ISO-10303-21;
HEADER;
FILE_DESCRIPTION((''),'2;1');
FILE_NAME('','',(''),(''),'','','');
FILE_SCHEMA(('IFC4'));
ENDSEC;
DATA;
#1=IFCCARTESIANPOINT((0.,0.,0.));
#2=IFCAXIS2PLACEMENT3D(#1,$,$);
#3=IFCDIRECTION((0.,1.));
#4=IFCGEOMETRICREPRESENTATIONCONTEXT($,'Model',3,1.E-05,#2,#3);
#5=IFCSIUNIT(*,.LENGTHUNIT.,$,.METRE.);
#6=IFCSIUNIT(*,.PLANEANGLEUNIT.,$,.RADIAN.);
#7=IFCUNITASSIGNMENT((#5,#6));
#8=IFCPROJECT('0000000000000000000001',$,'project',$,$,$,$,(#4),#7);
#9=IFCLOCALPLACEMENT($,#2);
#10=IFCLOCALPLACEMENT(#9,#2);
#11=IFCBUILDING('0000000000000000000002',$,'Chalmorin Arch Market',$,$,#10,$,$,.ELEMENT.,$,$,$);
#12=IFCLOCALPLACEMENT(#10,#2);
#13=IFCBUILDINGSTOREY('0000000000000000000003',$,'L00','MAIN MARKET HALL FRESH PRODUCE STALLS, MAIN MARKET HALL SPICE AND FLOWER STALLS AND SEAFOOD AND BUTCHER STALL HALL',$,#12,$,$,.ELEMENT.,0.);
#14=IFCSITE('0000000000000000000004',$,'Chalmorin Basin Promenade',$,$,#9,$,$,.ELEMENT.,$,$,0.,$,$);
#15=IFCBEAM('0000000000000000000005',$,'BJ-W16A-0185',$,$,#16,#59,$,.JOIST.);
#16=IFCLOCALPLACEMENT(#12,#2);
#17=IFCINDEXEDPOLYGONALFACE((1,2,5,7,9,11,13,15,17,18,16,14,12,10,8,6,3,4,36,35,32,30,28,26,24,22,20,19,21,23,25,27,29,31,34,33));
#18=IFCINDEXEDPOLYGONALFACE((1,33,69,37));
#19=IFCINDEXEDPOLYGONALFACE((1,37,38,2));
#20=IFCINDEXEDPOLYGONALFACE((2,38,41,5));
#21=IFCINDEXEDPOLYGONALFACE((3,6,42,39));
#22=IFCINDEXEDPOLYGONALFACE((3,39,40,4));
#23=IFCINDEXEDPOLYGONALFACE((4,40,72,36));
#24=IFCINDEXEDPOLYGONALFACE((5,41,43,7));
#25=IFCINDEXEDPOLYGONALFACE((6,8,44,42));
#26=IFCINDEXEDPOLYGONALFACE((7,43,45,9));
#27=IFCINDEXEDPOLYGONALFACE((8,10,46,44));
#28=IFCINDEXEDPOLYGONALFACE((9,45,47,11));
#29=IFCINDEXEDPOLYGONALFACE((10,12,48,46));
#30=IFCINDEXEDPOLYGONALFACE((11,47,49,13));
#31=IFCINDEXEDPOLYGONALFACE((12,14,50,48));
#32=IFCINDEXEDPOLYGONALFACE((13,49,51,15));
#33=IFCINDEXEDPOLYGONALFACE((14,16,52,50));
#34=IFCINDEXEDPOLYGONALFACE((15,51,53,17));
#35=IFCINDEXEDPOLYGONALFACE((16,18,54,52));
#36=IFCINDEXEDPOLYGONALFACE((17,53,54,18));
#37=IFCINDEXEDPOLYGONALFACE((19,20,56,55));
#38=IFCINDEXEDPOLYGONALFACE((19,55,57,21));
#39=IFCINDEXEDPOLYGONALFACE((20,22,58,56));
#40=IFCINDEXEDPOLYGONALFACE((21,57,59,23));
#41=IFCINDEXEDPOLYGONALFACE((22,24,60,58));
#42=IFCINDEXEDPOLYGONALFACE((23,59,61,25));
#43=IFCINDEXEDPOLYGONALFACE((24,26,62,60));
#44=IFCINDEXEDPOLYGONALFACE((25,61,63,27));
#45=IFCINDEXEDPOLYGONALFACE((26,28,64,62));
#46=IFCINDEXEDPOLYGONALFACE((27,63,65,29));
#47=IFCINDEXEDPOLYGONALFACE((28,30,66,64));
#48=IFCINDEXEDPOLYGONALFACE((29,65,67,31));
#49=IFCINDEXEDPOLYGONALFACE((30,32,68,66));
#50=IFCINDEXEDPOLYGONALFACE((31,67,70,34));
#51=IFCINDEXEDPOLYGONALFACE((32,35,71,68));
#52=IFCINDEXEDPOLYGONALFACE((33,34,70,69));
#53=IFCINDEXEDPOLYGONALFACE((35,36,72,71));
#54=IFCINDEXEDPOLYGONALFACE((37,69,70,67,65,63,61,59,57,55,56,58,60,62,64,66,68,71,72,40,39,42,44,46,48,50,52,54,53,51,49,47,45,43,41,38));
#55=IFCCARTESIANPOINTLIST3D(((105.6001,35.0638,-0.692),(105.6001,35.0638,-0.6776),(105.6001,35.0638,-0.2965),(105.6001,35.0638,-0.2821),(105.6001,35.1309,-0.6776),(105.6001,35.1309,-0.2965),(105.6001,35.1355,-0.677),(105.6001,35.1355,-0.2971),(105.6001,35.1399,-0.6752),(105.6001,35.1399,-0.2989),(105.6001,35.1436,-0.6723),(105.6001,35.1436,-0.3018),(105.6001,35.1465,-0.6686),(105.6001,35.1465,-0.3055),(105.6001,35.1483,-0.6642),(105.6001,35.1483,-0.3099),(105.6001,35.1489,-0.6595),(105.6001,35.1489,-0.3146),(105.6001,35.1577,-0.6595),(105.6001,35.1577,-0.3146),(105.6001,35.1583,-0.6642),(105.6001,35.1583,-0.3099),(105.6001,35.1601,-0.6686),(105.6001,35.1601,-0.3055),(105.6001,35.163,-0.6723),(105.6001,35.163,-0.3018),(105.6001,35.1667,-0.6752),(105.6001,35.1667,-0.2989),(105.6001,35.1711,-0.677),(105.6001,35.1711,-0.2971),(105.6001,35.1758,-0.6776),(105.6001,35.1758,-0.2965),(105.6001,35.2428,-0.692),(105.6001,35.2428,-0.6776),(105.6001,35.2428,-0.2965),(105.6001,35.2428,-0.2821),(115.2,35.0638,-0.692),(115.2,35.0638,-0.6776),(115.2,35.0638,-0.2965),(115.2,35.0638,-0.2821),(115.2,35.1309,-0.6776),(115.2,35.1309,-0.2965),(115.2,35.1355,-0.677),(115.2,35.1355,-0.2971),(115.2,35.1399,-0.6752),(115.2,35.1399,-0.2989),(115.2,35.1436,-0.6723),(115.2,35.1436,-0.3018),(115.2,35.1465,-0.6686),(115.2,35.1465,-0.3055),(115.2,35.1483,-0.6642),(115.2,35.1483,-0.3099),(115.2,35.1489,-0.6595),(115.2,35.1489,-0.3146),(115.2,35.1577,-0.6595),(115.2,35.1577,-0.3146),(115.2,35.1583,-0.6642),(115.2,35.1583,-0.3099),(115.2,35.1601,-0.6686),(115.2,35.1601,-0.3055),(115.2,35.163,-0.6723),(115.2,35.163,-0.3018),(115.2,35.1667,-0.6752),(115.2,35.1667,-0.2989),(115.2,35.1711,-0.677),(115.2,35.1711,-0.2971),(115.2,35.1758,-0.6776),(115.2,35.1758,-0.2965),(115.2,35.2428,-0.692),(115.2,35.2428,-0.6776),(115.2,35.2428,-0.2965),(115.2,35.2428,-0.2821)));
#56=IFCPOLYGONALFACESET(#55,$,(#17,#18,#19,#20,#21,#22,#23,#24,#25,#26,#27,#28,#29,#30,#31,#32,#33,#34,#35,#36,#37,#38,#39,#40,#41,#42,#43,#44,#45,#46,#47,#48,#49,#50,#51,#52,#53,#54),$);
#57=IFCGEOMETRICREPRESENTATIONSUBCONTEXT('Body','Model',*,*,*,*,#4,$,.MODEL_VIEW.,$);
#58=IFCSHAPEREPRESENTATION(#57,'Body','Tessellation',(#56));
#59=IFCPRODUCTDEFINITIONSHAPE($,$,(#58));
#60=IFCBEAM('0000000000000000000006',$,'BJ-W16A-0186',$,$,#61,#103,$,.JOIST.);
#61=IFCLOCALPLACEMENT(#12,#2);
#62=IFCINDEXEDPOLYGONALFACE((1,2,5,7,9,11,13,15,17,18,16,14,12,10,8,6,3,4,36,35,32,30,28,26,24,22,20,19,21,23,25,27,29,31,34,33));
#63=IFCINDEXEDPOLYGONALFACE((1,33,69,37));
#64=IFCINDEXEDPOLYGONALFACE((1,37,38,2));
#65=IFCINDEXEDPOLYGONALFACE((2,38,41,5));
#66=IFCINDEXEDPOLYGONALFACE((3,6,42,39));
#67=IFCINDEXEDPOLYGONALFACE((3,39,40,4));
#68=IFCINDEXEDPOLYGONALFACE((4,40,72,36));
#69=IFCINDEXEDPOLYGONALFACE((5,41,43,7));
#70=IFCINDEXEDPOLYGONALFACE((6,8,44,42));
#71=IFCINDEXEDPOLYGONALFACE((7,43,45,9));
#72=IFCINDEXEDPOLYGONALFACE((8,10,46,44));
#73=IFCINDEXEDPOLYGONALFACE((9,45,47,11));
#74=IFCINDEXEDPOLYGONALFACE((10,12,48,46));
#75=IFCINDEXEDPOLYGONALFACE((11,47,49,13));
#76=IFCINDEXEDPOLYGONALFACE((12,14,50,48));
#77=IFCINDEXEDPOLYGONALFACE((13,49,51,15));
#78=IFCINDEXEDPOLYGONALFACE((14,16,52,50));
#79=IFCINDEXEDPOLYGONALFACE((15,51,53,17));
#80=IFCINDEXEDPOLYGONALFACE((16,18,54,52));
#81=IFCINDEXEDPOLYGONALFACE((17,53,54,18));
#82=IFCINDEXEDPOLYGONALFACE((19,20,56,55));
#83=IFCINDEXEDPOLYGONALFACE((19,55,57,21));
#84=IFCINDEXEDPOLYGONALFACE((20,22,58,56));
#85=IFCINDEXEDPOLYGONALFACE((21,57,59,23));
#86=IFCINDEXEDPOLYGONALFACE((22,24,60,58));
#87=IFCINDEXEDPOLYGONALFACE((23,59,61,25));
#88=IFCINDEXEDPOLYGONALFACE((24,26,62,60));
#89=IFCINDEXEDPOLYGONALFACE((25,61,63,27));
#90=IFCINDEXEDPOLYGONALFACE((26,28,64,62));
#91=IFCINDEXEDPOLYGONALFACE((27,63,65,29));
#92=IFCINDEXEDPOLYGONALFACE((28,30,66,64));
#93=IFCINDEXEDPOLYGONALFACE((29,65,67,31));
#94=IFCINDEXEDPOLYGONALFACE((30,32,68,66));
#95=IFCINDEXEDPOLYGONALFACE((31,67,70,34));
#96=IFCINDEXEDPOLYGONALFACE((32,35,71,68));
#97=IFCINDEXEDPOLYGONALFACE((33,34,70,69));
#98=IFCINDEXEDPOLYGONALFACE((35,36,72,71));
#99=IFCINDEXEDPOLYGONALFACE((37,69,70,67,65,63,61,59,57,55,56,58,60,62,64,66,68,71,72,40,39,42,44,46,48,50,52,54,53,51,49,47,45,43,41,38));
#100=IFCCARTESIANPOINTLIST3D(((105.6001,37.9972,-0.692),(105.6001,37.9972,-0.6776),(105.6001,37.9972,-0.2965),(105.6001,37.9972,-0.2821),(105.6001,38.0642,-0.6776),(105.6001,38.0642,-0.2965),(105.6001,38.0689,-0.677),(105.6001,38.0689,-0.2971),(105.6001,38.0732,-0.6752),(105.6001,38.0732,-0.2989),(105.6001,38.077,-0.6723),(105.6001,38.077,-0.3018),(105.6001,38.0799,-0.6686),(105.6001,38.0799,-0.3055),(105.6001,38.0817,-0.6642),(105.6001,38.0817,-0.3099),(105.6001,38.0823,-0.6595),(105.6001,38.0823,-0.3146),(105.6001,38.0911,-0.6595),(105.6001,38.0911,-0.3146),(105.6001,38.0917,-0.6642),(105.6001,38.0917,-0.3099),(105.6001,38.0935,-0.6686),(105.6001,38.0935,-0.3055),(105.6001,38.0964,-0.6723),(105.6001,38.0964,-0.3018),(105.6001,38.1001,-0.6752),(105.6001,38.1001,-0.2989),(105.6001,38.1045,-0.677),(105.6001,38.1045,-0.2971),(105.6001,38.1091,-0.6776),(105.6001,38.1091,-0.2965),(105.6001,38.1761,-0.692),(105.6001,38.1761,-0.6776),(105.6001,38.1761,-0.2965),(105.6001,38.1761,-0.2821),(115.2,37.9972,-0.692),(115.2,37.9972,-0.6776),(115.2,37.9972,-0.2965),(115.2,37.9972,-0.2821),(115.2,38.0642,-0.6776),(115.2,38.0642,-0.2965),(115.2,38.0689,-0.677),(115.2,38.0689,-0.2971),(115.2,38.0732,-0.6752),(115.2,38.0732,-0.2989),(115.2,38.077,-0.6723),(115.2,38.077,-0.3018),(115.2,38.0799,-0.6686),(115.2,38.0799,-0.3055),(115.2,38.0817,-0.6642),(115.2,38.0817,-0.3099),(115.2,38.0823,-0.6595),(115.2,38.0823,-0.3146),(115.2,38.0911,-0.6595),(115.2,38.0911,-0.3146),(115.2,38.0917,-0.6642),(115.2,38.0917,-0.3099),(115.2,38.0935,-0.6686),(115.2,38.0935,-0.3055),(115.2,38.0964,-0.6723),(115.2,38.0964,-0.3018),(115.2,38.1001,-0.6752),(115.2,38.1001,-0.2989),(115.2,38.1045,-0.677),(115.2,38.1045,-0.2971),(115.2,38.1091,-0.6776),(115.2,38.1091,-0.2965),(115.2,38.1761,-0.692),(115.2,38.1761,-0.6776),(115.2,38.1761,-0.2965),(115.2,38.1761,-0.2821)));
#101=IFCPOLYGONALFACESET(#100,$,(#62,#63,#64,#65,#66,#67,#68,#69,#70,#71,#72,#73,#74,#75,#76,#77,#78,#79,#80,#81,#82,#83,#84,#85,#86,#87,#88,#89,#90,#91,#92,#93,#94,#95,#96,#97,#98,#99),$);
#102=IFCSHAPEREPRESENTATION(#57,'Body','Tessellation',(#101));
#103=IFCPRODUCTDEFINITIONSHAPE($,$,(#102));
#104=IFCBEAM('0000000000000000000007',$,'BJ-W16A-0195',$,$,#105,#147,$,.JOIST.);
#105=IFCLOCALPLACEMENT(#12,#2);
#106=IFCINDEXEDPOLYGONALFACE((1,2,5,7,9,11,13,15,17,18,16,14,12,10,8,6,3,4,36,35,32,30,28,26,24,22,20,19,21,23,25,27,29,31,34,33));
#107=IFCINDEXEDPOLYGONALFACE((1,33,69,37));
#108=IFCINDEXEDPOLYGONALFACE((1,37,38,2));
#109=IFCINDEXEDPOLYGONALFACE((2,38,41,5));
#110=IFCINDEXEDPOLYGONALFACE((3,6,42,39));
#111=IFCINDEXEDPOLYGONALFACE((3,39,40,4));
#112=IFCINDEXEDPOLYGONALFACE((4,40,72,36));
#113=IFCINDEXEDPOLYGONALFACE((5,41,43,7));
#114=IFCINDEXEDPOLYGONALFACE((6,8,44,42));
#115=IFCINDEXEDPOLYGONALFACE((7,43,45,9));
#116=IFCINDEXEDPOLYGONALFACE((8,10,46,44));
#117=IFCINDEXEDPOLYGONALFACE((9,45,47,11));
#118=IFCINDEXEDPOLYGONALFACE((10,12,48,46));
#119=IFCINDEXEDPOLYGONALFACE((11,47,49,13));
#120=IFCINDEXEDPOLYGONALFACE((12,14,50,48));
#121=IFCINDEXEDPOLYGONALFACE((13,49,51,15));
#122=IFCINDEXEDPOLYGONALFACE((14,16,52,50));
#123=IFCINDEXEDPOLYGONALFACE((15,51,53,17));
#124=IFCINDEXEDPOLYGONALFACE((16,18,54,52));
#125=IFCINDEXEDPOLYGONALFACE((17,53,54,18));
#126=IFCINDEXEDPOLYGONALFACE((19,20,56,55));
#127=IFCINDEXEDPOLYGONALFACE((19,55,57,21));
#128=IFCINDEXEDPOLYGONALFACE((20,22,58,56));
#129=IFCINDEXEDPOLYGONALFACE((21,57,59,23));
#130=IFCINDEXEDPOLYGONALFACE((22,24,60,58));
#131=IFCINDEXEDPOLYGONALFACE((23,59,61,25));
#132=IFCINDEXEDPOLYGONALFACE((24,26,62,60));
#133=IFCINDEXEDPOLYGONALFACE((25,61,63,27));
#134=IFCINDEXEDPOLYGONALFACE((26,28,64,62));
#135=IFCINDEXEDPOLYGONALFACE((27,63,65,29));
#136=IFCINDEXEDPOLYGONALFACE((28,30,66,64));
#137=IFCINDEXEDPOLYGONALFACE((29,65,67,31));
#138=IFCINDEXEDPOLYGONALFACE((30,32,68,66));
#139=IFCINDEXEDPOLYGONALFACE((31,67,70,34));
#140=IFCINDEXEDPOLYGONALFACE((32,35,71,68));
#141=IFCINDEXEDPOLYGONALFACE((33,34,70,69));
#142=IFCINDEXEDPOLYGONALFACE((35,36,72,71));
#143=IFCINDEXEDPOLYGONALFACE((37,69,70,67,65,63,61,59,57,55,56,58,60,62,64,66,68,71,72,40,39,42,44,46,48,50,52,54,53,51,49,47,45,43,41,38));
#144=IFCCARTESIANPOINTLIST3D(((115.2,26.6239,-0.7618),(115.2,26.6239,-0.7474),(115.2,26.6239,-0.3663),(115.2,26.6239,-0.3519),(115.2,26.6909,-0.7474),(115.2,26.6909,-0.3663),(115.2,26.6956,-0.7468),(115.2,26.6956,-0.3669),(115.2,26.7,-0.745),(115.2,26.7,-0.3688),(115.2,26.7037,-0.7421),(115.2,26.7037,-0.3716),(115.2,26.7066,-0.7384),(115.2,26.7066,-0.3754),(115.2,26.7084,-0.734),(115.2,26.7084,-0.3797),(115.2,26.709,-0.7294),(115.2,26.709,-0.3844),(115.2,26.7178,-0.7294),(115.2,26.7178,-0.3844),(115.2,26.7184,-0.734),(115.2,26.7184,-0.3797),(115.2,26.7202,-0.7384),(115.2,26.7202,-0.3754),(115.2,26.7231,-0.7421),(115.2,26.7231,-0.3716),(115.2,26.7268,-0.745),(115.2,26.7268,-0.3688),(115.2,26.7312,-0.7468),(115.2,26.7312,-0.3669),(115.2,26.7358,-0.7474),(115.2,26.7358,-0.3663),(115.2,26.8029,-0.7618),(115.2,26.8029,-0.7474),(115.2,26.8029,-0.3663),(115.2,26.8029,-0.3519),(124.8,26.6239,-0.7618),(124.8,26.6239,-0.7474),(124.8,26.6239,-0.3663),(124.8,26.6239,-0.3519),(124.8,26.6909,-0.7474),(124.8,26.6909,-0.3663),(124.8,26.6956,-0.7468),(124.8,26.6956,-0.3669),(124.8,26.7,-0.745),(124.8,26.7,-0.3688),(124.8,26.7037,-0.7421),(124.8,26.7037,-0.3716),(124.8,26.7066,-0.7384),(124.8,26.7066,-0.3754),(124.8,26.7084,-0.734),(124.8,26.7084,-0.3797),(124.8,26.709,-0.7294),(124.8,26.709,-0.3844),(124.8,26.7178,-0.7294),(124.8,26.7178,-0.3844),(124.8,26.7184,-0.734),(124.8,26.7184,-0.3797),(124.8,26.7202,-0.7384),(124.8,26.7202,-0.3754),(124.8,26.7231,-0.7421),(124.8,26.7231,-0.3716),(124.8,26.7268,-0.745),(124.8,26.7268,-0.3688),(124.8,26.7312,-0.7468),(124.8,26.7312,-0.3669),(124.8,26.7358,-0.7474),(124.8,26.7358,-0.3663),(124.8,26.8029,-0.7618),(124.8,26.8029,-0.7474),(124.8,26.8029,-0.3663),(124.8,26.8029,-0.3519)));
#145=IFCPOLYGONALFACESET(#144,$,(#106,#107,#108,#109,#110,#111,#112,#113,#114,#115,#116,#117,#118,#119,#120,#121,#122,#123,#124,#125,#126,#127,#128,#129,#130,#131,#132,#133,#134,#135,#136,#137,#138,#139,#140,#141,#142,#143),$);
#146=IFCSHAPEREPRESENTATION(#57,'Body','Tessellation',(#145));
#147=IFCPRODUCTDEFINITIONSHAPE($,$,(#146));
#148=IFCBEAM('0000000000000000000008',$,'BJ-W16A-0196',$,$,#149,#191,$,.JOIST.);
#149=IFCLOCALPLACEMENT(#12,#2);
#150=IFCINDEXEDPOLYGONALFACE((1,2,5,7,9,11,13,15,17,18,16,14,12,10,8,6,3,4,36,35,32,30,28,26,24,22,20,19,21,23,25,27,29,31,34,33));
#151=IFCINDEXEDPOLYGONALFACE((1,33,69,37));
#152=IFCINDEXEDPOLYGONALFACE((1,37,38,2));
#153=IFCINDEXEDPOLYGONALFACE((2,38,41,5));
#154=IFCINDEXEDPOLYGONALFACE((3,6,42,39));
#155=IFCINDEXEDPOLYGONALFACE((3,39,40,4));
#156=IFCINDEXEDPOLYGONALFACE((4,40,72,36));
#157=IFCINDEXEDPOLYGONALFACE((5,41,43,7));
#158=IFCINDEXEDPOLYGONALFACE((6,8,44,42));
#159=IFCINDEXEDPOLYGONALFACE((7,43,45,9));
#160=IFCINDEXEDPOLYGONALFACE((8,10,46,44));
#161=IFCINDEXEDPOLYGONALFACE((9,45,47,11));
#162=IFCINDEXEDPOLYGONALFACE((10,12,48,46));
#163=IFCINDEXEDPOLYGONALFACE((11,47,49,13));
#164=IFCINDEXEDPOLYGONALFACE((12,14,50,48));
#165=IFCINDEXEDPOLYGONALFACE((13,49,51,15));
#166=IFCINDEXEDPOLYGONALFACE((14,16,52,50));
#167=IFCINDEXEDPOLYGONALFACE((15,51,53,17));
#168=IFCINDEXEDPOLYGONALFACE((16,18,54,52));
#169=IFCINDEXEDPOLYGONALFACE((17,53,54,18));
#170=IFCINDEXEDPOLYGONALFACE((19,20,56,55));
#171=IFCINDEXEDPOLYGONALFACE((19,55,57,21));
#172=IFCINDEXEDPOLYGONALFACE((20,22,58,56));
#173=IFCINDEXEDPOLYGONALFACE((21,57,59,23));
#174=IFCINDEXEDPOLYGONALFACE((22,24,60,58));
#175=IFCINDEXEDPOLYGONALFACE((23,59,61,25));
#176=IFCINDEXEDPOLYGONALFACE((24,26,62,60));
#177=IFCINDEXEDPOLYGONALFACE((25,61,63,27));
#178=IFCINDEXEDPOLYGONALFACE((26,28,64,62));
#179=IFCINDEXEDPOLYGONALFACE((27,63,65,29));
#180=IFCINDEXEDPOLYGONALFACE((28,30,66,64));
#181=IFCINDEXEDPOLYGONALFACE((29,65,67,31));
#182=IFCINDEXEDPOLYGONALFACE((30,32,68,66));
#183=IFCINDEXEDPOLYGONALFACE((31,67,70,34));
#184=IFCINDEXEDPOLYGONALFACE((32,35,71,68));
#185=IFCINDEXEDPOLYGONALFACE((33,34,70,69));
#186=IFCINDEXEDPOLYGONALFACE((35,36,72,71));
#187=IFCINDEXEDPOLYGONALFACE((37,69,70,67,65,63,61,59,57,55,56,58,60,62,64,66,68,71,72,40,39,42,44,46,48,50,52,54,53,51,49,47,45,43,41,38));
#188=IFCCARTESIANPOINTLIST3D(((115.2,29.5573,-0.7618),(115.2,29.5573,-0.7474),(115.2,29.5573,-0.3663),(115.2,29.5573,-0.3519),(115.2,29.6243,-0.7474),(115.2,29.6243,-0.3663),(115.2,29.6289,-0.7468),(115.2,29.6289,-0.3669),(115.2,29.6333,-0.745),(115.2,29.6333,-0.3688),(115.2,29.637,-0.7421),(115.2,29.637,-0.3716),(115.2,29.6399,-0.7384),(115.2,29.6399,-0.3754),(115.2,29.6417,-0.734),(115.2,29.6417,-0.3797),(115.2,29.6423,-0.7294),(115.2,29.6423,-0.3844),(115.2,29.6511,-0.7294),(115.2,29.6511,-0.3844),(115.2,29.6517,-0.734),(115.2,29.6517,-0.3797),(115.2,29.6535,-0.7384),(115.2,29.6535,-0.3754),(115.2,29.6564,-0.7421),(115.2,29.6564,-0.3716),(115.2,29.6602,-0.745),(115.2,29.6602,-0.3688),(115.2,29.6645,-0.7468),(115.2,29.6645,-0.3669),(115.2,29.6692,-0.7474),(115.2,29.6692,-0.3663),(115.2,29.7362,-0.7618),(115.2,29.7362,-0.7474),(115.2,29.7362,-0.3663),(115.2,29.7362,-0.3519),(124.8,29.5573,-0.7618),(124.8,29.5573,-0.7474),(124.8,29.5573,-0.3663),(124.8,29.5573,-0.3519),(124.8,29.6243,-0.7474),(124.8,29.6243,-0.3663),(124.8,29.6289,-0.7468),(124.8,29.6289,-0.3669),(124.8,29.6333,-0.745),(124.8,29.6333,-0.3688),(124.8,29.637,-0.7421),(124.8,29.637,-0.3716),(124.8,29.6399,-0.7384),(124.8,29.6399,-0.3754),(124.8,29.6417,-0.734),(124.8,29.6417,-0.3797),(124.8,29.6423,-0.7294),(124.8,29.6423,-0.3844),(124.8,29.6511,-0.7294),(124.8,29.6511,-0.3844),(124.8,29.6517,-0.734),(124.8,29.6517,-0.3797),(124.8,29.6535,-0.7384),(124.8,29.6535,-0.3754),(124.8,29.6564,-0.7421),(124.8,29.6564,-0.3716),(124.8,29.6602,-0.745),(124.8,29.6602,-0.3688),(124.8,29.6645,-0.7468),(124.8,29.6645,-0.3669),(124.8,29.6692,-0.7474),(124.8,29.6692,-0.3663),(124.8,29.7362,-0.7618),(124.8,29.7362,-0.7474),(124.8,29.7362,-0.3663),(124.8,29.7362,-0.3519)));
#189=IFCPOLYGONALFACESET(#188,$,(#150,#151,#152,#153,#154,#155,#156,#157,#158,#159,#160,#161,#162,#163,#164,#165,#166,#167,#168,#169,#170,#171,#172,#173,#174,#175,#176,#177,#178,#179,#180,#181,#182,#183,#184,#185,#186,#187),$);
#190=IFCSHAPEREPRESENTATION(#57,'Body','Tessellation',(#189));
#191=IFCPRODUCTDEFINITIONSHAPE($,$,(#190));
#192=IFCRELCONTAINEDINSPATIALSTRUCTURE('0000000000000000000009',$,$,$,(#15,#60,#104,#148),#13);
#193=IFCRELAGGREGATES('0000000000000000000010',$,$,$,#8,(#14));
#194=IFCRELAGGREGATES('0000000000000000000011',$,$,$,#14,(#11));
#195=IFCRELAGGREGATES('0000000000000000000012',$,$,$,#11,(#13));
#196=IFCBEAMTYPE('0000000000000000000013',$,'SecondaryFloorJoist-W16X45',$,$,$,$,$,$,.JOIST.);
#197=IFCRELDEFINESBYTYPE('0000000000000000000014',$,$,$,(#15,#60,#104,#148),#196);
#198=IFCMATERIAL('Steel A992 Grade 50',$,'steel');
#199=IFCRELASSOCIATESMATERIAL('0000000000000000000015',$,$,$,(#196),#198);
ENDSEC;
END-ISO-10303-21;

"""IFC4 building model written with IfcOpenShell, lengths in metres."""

from ifc_helpers import new_model, si_unit, direction, frame, origin, origin_2d, place, context, subcontext, project, spatial, i_section, extrude, material, material_profile, profile_set, type_object, element, save


model = new_model("IFC4")

# Units and contexts
model_context = context("Model", 3, precision=1e-05, world=origin(), true_north=direction((0.0, 1.0)))
body_context = subcontext(model_context, "Body", "Model", "MODEL_VIEW")
ifc_project = project(units=[si_unit("LENGTHUNIT", "METRE"), si_unit("PLANEANGLEUNIT", "RADIAN")], contexts=[model_context])

# Site, building, storey
site_placement = place(None, origin())
site = spatial("IfcSite", under=ifc_project, at=site_placement, Name="Chalmorin Basin Promenade", CompositionType="ELEMENT", RefElevation=0.0)
building_placement = place(site_placement, origin())
building = spatial("IfcBuilding", under=site, at=building_placement, Name="Chalmorin Arch Market", CompositionType="ELEMENT")
storey_placement = place(building_placement, origin())
storey = spatial("IfcBuildingStorey", under=building, at=storey_placement, Name="L00", Description="MAIN MARKET HALL FRESH PRODUCE STALLS, MAIN MARKET HALL SPICE AND FLOWER STALLS AND SEAFOOD AND BUTCHER STALL HALL", CompositionType="ELEMENT", Elevation=0.0)

# Beams
ifc_material_1 = material(Name="Steel A992 Grade 50", Category="steel")
ifc_material_profile_1 = material_profile(ifc_material_1, i_section(OverallWidth=0.179, OverallDepth=0.4099, WebThickness=0.0088, FlangeThickness=0.0144, FilletRadius=0.0181, at=origin_2d()), Name="W16X45")
ifc_profile_set_1 = profile_set([ifc_material_profile_1], Name="Steel A992 Grade 50")
beam_type_1 = type_object("IfcBeamType", Name="SecondaryFloorJoist-W16X45", PredefinedType="JOIST", material=ifc_profile_set_1)
for number, where, z_axis, x_axis, name in (
    (1, (105.6001, 35.1533, -0.4871), (1.0, 0.0, 0.0), (0.0, 1.0, 0.0), "BJ-W16A-0185"),
    (2, (105.6001, 38.0867, -0.4871), (1.0, 0.0, 0.0), (0.0, 1.0, 0.0), "BJ-W16A-0186"),
):
    element("IfcBeam", number, at=place(storey_placement, frame(where, z_axis=z_axis, x_axis=x_axis)), inside=storey, type_object=beam_type_1, Name=name, PredefinedType="JOIST", context=body_context, shape_type="SweptSolid", body=[
        extrude(i_section(OverallWidth=0.179, OverallDepth=0.4099, WebThickness=0.0088, FlangeThickness=0.0144, FilletRadius=0.0181, at=origin_2d()), origin(), (0.0, 0.0, 1.0), 9.5999),
    ])
for number, where, z_axis, x_axis, name in (
    (3, (115.2, 26.7134, -0.5569), (1.0, 0.0, 0.0), (0.0, 1.0, 0.0), "BJ-W16A-0195"),
    (4, (115.2, 29.6467, -0.5569), (1.0, 0.0, 0.0), (0.0, 1.0, 0.0), "BJ-W16A-0196"),
):
    element("IfcBeam", number, at=place(storey_placement, frame(where, z_axis=z_axis, x_axis=x_axis)), inside=storey, type_object=beam_type_1, Name=name, PredefinedType="JOIST", context=body_context, shape_type="SweptSolid", body=[
        extrude(i_section(OverallWidth=0.179, OverallDepth=0.4099, WebThickness=0.0088, FlangeThickness=0.0144, FilletRadius=0.0181, at=origin_2d()), origin(), (0.0, 0.0, 1.0), 9.6001),
    ])

save(model, "model.ifc")
